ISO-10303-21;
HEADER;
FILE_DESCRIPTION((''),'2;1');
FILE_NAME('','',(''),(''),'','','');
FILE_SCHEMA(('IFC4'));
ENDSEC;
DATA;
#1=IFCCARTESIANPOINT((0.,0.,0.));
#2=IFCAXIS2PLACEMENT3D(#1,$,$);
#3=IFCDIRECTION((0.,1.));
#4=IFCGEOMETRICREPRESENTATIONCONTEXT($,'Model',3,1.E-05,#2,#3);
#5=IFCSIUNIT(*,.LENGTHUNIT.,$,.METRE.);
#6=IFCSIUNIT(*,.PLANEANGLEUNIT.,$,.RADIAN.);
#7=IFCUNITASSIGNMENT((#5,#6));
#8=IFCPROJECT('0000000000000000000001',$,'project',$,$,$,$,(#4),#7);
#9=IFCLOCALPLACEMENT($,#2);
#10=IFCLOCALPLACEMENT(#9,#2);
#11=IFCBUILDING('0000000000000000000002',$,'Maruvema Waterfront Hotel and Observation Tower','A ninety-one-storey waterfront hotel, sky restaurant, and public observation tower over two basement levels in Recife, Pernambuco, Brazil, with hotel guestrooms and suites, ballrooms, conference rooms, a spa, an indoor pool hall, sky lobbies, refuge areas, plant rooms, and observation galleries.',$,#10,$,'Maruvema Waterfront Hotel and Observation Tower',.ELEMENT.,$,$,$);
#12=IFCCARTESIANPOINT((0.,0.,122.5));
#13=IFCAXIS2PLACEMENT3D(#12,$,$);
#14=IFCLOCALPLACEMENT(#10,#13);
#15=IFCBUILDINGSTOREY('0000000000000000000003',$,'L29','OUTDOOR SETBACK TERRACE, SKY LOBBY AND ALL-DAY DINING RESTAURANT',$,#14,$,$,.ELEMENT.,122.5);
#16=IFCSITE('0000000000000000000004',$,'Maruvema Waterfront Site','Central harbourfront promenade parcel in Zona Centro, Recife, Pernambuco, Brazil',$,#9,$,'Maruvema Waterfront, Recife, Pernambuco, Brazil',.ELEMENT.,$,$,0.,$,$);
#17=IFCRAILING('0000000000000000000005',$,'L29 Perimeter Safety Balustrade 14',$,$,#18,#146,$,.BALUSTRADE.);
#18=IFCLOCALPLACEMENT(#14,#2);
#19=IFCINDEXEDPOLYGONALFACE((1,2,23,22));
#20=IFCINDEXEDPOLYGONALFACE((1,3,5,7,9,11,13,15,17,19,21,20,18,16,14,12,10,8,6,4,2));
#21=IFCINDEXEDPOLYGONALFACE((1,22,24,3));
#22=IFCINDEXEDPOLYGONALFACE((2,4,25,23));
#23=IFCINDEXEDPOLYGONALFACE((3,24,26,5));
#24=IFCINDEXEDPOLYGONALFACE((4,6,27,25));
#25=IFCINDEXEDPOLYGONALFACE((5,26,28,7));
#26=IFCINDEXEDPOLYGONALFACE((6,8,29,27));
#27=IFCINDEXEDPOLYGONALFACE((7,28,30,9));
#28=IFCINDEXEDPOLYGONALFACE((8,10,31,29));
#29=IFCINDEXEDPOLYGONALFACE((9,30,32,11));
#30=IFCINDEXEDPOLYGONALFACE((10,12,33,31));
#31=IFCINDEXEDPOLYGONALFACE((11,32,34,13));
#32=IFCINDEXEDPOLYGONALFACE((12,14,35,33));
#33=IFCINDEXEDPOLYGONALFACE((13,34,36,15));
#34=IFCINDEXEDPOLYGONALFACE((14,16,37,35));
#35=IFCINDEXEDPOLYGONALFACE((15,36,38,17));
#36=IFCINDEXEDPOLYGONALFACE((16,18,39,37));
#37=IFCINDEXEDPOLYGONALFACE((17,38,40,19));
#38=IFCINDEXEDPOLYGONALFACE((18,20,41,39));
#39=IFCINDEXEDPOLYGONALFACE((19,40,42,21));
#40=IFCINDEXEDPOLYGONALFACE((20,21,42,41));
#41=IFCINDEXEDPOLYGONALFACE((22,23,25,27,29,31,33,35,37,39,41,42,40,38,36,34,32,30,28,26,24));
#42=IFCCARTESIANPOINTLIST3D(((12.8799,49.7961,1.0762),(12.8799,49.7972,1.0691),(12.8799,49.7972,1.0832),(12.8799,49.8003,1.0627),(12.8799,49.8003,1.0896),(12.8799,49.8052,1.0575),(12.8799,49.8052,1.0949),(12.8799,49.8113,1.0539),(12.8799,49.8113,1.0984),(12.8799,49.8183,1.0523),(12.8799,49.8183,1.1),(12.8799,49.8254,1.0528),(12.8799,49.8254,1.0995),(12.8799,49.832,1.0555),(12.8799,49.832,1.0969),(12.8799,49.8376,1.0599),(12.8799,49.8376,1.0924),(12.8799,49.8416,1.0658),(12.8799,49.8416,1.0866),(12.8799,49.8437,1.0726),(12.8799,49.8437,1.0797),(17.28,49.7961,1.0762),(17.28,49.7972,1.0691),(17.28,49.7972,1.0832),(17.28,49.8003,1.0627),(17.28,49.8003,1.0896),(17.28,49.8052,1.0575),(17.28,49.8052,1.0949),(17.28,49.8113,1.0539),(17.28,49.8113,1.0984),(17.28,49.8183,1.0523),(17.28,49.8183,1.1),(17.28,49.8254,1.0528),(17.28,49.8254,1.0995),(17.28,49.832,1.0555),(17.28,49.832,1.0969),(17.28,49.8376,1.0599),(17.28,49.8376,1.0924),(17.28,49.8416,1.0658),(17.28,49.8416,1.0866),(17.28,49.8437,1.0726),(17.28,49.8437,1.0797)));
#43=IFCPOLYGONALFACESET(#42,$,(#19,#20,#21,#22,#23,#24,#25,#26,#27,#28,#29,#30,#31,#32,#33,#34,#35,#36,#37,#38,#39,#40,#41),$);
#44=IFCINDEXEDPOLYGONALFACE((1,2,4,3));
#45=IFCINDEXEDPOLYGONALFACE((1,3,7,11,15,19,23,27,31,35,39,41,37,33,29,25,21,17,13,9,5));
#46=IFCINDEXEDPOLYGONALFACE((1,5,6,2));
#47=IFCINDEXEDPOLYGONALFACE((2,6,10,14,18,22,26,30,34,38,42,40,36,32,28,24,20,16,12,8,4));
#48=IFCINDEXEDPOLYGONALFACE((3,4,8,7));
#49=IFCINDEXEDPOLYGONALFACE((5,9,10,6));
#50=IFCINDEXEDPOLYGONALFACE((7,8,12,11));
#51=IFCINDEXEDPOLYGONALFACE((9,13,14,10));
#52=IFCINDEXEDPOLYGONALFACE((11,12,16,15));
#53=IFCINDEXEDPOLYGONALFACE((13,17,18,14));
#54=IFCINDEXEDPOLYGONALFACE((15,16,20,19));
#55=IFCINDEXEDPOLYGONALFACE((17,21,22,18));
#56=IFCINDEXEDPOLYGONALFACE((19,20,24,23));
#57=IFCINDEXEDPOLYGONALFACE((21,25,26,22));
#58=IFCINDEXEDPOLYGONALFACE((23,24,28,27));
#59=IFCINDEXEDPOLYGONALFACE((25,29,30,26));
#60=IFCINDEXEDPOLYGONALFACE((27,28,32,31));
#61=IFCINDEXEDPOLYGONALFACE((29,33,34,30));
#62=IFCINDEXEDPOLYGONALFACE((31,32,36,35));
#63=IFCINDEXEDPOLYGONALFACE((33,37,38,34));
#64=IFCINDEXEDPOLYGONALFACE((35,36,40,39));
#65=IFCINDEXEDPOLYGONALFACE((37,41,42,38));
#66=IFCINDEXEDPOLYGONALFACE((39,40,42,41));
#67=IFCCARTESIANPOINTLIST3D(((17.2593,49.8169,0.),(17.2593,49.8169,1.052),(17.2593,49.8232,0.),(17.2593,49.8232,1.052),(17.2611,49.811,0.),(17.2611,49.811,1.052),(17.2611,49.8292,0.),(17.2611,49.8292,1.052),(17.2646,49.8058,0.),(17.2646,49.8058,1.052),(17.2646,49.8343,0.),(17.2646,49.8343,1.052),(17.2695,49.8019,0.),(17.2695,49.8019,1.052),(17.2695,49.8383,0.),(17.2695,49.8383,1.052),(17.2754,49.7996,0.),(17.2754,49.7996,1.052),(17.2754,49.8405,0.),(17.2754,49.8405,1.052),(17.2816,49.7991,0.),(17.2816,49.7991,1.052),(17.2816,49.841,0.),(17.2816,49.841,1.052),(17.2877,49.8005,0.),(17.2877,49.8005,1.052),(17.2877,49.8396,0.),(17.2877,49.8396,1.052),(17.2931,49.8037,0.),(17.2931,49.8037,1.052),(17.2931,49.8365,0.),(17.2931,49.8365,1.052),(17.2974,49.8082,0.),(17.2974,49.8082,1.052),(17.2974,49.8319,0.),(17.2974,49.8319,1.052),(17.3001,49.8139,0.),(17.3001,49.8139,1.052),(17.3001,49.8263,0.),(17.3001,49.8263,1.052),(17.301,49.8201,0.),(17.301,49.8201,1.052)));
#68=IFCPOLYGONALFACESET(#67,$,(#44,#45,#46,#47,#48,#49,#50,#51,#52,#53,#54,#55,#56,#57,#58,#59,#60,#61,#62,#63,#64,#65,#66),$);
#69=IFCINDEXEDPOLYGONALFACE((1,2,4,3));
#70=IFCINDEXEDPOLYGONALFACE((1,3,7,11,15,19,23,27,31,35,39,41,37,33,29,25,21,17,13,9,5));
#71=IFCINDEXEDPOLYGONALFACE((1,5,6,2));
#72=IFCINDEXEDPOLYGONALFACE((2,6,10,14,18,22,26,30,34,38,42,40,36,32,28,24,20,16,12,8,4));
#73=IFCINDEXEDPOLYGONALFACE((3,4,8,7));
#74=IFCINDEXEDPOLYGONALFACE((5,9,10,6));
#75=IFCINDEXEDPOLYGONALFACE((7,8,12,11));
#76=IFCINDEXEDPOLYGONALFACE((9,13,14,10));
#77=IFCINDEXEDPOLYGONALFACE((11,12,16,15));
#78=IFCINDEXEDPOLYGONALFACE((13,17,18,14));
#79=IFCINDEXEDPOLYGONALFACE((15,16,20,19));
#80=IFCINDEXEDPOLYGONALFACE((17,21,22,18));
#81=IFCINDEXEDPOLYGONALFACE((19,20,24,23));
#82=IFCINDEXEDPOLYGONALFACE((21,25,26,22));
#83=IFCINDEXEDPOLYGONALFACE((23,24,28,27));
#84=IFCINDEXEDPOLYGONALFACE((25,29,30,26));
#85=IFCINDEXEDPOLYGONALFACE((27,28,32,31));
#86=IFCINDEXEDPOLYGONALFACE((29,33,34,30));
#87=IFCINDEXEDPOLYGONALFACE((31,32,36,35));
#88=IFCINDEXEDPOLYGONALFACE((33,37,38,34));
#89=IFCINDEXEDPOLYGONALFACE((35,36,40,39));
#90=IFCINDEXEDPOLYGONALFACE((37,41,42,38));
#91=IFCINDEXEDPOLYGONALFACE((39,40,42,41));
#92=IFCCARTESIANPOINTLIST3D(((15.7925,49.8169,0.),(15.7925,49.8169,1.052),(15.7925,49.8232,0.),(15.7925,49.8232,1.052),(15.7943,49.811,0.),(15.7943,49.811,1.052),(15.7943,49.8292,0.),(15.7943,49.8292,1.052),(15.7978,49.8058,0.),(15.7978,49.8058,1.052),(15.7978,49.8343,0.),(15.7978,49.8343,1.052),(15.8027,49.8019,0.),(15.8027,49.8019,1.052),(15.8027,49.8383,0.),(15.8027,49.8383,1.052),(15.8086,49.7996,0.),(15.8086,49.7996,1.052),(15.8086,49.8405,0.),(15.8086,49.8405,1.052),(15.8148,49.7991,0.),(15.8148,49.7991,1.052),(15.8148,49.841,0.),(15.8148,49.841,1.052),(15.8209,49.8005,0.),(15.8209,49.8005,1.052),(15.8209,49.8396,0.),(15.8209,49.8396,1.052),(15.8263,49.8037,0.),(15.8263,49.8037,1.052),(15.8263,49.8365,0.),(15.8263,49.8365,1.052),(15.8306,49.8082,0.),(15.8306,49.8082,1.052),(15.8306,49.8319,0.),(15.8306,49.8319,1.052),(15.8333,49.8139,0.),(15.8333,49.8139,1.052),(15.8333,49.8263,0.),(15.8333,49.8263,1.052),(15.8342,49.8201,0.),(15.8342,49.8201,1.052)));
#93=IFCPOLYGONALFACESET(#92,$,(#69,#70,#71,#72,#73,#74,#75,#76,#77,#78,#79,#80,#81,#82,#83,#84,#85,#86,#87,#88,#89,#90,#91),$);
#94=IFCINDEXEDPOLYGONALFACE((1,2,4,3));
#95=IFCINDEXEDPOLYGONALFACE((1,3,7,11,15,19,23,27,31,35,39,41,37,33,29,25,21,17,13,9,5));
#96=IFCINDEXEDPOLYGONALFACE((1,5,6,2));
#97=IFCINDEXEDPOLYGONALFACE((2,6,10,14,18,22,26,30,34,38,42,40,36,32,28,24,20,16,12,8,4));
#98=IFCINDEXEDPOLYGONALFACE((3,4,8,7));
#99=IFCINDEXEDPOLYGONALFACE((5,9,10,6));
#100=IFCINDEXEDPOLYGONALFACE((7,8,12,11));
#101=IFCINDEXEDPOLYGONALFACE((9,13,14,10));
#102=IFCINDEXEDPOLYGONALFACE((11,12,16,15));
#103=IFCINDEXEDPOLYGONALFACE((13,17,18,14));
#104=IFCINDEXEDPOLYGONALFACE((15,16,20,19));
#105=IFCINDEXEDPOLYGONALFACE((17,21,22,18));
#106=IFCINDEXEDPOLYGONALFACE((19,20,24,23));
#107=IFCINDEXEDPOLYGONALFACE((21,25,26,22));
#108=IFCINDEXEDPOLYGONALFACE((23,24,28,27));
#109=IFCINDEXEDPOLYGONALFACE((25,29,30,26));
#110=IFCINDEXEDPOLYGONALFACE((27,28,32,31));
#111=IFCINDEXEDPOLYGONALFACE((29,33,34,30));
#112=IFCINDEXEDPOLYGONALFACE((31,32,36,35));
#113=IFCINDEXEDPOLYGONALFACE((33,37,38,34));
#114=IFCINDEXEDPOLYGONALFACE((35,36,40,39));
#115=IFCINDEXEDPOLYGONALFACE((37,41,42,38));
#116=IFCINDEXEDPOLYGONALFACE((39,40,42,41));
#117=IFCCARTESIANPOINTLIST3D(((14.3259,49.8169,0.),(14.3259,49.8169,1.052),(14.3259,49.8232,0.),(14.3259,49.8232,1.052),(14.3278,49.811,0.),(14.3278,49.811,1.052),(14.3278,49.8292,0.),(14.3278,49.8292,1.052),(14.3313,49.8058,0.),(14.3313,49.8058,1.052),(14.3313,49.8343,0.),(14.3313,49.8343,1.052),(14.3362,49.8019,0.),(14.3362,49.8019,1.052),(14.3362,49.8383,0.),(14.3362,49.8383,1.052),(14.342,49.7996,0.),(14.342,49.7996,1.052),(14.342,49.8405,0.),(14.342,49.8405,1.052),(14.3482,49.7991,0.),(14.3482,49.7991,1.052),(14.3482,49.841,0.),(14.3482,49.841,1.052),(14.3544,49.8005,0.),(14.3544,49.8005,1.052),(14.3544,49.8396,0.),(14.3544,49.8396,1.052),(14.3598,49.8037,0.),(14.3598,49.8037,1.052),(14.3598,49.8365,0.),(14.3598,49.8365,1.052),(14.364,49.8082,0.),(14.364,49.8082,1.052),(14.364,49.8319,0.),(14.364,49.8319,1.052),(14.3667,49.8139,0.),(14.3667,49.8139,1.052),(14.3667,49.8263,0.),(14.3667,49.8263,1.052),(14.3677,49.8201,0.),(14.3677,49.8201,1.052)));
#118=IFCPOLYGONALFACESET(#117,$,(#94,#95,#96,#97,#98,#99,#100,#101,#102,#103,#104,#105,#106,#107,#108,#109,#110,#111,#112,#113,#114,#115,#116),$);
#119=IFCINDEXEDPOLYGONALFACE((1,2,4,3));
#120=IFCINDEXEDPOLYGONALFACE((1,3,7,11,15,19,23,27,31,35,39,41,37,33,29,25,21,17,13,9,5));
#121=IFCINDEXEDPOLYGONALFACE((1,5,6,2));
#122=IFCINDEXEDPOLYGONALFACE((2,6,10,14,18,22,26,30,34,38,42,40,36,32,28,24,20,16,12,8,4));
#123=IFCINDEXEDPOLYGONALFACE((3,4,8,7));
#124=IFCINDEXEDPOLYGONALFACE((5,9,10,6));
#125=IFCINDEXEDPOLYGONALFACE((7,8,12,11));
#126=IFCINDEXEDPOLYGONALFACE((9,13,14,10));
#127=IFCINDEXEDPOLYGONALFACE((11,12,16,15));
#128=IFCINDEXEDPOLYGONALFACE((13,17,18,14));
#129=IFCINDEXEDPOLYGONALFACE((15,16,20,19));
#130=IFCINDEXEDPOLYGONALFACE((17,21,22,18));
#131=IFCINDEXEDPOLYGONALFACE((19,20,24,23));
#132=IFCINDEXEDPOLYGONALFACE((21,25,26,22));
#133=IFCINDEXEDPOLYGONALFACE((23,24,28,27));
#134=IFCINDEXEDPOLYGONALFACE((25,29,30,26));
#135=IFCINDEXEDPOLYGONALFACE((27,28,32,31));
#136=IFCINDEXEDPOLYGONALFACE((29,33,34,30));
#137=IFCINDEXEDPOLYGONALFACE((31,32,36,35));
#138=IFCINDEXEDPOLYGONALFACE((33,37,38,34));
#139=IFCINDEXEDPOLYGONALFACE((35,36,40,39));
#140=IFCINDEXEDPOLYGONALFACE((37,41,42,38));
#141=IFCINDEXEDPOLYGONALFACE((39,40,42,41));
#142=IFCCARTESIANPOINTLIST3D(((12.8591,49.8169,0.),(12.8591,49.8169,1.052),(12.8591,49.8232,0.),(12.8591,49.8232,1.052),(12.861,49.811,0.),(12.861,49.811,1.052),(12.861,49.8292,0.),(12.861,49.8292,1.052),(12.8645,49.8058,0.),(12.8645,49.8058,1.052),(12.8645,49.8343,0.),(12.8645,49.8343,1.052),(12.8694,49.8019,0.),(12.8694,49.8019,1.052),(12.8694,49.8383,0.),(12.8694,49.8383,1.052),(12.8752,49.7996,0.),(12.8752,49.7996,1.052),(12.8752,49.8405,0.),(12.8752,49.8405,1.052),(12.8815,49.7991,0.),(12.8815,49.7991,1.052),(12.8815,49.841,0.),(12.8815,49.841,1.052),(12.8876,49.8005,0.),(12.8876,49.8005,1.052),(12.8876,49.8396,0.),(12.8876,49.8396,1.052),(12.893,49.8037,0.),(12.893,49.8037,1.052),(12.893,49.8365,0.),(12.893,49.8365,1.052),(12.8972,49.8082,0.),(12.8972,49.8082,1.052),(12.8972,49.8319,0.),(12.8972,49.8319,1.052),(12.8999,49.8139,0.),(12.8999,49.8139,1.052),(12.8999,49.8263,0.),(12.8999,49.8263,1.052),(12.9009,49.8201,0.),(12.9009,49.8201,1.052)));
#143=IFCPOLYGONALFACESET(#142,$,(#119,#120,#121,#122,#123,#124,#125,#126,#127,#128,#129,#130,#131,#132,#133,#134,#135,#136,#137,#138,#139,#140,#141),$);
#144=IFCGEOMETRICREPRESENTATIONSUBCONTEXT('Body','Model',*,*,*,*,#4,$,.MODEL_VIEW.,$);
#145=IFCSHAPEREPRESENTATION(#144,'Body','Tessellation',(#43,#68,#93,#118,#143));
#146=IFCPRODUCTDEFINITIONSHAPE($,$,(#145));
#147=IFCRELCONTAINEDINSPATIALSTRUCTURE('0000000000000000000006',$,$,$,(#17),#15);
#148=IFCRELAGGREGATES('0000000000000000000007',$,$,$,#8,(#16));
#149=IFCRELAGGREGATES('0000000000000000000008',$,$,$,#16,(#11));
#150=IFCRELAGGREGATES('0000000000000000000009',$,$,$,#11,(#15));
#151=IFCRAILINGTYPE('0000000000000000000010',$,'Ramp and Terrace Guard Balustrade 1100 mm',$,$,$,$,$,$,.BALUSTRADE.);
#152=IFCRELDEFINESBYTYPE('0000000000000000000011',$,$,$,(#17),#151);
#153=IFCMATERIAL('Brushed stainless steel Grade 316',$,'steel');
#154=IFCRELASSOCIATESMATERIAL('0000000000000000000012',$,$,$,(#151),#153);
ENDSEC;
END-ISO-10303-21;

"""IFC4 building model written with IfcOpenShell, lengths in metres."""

from ifc_helpers import new_model, si_unit, direction, frame, origin, origin_2d, place, context, subcontext, project, spatial, circle, extrude, material, type_object, element, save


model = new_model("IFC4")

# Units and contexts
model_context = context("Model", 3, precision=1e-05, world=origin(), true_north=direction((0.0, 1.0)))
body_context = subcontext(model_context, "Body", "Model", "MODEL_VIEW")
ifc_project = project(units=[si_unit("LENGTHUNIT", "METRE"), si_unit("PLANEANGLEUNIT", "RADIAN")], contexts=[model_context])

# Site, building, storey
site_placement = place(None, origin())
site = spatial("IfcSite", under=ifc_project, at=site_placement, Name="Maruvema Waterfront Site", Description="Central harbourfront promenade parcel in Zona Centro, Recife, Pernambuco, Brazil", LongName="Maruvema Waterfront, Recife, Pernambuco, Brazil", CompositionType="ELEMENT", RefElevation=0.0)
building_placement = place(site_placement, origin())
building = spatial("IfcBuilding", under=site, at=building_placement, Name="Maruvema Waterfront Hotel and Observation Tower", Description="A ninety-one-storey waterfront hotel, sky restaurant, and public observation tower over two basement levels in Recife, Pernambuco, Brazil, with hotel guestrooms and suites, ballrooms, conference rooms, a spa, an indoor pool hall, sky lobbies, refuge areas, plant rooms, and observation galleries.", LongName="Maruvema Waterfront Hotel and Observation Tower", CompositionType="ELEMENT")
storey_placement = place(building_placement, frame((0.0, 0.0, 122.5)))
storey = spatial("IfcBuildingStorey", under=building, at=storey_placement, Name="L29", Description="OUTDOOR SETBACK TERRACE, SKY LOBBY AND ALL-DAY DINING RESTAURANT", CompositionType="ELEMENT", Elevation=122.5)

# Railing
ifc_material_1 = material(Name="Brushed stainless steel Grade 316", Category="steel")
railing_type = type_object("IfcRailingType", Name="Ramp and Terrace Guard Balustrade 1100 mm", PredefinedType="BALUSTRADE", material=ifc_material_1)
railing_1_placement = place(storey_placement, frame((17.28, 49.8201, 0.0)))
element("IfcRailing", 1, at=railing_1_placement, inside=storey, type_object=railing_type, Name="L29 Perimeter Safety Balustrade 14", PredefinedType="BALUSTRADE", context=body_context, shape_type="SweptSolid", body=[
    extrude(circle(Radius=0.0239, at=origin_2d()), frame((0.0, 0.0, 1.0762), z_axis=(-1.0, 0.0, 0.0), x_axis=(0.0, -1.0, 0.0)), (0.0, 0.0, 1.0), 4.4001),
    extrude(circle(Radius=0.021, at=origin_2d()), origin(), (0.0, 0.0, 1.0), 1.052),
    extrude(circle(Radius=0.021, at=origin_2d()), frame((-1.4668, 0.0, 0.0)), (0.0, 0.0, 1.0), 1.052),
    extrude(circle(Radius=0.021, at=origin_2d()), frame((-2.9333, 0.0, 0.0)), (0.0, 0.0, 1.0), 1.052),
    extrude(circle(Radius=0.021, at=origin_2d()), frame((-4.4001, 0.0, 0.0)), (0.0, 0.0, 1.0), 1.052),
])

save(model, "model.ifc")
